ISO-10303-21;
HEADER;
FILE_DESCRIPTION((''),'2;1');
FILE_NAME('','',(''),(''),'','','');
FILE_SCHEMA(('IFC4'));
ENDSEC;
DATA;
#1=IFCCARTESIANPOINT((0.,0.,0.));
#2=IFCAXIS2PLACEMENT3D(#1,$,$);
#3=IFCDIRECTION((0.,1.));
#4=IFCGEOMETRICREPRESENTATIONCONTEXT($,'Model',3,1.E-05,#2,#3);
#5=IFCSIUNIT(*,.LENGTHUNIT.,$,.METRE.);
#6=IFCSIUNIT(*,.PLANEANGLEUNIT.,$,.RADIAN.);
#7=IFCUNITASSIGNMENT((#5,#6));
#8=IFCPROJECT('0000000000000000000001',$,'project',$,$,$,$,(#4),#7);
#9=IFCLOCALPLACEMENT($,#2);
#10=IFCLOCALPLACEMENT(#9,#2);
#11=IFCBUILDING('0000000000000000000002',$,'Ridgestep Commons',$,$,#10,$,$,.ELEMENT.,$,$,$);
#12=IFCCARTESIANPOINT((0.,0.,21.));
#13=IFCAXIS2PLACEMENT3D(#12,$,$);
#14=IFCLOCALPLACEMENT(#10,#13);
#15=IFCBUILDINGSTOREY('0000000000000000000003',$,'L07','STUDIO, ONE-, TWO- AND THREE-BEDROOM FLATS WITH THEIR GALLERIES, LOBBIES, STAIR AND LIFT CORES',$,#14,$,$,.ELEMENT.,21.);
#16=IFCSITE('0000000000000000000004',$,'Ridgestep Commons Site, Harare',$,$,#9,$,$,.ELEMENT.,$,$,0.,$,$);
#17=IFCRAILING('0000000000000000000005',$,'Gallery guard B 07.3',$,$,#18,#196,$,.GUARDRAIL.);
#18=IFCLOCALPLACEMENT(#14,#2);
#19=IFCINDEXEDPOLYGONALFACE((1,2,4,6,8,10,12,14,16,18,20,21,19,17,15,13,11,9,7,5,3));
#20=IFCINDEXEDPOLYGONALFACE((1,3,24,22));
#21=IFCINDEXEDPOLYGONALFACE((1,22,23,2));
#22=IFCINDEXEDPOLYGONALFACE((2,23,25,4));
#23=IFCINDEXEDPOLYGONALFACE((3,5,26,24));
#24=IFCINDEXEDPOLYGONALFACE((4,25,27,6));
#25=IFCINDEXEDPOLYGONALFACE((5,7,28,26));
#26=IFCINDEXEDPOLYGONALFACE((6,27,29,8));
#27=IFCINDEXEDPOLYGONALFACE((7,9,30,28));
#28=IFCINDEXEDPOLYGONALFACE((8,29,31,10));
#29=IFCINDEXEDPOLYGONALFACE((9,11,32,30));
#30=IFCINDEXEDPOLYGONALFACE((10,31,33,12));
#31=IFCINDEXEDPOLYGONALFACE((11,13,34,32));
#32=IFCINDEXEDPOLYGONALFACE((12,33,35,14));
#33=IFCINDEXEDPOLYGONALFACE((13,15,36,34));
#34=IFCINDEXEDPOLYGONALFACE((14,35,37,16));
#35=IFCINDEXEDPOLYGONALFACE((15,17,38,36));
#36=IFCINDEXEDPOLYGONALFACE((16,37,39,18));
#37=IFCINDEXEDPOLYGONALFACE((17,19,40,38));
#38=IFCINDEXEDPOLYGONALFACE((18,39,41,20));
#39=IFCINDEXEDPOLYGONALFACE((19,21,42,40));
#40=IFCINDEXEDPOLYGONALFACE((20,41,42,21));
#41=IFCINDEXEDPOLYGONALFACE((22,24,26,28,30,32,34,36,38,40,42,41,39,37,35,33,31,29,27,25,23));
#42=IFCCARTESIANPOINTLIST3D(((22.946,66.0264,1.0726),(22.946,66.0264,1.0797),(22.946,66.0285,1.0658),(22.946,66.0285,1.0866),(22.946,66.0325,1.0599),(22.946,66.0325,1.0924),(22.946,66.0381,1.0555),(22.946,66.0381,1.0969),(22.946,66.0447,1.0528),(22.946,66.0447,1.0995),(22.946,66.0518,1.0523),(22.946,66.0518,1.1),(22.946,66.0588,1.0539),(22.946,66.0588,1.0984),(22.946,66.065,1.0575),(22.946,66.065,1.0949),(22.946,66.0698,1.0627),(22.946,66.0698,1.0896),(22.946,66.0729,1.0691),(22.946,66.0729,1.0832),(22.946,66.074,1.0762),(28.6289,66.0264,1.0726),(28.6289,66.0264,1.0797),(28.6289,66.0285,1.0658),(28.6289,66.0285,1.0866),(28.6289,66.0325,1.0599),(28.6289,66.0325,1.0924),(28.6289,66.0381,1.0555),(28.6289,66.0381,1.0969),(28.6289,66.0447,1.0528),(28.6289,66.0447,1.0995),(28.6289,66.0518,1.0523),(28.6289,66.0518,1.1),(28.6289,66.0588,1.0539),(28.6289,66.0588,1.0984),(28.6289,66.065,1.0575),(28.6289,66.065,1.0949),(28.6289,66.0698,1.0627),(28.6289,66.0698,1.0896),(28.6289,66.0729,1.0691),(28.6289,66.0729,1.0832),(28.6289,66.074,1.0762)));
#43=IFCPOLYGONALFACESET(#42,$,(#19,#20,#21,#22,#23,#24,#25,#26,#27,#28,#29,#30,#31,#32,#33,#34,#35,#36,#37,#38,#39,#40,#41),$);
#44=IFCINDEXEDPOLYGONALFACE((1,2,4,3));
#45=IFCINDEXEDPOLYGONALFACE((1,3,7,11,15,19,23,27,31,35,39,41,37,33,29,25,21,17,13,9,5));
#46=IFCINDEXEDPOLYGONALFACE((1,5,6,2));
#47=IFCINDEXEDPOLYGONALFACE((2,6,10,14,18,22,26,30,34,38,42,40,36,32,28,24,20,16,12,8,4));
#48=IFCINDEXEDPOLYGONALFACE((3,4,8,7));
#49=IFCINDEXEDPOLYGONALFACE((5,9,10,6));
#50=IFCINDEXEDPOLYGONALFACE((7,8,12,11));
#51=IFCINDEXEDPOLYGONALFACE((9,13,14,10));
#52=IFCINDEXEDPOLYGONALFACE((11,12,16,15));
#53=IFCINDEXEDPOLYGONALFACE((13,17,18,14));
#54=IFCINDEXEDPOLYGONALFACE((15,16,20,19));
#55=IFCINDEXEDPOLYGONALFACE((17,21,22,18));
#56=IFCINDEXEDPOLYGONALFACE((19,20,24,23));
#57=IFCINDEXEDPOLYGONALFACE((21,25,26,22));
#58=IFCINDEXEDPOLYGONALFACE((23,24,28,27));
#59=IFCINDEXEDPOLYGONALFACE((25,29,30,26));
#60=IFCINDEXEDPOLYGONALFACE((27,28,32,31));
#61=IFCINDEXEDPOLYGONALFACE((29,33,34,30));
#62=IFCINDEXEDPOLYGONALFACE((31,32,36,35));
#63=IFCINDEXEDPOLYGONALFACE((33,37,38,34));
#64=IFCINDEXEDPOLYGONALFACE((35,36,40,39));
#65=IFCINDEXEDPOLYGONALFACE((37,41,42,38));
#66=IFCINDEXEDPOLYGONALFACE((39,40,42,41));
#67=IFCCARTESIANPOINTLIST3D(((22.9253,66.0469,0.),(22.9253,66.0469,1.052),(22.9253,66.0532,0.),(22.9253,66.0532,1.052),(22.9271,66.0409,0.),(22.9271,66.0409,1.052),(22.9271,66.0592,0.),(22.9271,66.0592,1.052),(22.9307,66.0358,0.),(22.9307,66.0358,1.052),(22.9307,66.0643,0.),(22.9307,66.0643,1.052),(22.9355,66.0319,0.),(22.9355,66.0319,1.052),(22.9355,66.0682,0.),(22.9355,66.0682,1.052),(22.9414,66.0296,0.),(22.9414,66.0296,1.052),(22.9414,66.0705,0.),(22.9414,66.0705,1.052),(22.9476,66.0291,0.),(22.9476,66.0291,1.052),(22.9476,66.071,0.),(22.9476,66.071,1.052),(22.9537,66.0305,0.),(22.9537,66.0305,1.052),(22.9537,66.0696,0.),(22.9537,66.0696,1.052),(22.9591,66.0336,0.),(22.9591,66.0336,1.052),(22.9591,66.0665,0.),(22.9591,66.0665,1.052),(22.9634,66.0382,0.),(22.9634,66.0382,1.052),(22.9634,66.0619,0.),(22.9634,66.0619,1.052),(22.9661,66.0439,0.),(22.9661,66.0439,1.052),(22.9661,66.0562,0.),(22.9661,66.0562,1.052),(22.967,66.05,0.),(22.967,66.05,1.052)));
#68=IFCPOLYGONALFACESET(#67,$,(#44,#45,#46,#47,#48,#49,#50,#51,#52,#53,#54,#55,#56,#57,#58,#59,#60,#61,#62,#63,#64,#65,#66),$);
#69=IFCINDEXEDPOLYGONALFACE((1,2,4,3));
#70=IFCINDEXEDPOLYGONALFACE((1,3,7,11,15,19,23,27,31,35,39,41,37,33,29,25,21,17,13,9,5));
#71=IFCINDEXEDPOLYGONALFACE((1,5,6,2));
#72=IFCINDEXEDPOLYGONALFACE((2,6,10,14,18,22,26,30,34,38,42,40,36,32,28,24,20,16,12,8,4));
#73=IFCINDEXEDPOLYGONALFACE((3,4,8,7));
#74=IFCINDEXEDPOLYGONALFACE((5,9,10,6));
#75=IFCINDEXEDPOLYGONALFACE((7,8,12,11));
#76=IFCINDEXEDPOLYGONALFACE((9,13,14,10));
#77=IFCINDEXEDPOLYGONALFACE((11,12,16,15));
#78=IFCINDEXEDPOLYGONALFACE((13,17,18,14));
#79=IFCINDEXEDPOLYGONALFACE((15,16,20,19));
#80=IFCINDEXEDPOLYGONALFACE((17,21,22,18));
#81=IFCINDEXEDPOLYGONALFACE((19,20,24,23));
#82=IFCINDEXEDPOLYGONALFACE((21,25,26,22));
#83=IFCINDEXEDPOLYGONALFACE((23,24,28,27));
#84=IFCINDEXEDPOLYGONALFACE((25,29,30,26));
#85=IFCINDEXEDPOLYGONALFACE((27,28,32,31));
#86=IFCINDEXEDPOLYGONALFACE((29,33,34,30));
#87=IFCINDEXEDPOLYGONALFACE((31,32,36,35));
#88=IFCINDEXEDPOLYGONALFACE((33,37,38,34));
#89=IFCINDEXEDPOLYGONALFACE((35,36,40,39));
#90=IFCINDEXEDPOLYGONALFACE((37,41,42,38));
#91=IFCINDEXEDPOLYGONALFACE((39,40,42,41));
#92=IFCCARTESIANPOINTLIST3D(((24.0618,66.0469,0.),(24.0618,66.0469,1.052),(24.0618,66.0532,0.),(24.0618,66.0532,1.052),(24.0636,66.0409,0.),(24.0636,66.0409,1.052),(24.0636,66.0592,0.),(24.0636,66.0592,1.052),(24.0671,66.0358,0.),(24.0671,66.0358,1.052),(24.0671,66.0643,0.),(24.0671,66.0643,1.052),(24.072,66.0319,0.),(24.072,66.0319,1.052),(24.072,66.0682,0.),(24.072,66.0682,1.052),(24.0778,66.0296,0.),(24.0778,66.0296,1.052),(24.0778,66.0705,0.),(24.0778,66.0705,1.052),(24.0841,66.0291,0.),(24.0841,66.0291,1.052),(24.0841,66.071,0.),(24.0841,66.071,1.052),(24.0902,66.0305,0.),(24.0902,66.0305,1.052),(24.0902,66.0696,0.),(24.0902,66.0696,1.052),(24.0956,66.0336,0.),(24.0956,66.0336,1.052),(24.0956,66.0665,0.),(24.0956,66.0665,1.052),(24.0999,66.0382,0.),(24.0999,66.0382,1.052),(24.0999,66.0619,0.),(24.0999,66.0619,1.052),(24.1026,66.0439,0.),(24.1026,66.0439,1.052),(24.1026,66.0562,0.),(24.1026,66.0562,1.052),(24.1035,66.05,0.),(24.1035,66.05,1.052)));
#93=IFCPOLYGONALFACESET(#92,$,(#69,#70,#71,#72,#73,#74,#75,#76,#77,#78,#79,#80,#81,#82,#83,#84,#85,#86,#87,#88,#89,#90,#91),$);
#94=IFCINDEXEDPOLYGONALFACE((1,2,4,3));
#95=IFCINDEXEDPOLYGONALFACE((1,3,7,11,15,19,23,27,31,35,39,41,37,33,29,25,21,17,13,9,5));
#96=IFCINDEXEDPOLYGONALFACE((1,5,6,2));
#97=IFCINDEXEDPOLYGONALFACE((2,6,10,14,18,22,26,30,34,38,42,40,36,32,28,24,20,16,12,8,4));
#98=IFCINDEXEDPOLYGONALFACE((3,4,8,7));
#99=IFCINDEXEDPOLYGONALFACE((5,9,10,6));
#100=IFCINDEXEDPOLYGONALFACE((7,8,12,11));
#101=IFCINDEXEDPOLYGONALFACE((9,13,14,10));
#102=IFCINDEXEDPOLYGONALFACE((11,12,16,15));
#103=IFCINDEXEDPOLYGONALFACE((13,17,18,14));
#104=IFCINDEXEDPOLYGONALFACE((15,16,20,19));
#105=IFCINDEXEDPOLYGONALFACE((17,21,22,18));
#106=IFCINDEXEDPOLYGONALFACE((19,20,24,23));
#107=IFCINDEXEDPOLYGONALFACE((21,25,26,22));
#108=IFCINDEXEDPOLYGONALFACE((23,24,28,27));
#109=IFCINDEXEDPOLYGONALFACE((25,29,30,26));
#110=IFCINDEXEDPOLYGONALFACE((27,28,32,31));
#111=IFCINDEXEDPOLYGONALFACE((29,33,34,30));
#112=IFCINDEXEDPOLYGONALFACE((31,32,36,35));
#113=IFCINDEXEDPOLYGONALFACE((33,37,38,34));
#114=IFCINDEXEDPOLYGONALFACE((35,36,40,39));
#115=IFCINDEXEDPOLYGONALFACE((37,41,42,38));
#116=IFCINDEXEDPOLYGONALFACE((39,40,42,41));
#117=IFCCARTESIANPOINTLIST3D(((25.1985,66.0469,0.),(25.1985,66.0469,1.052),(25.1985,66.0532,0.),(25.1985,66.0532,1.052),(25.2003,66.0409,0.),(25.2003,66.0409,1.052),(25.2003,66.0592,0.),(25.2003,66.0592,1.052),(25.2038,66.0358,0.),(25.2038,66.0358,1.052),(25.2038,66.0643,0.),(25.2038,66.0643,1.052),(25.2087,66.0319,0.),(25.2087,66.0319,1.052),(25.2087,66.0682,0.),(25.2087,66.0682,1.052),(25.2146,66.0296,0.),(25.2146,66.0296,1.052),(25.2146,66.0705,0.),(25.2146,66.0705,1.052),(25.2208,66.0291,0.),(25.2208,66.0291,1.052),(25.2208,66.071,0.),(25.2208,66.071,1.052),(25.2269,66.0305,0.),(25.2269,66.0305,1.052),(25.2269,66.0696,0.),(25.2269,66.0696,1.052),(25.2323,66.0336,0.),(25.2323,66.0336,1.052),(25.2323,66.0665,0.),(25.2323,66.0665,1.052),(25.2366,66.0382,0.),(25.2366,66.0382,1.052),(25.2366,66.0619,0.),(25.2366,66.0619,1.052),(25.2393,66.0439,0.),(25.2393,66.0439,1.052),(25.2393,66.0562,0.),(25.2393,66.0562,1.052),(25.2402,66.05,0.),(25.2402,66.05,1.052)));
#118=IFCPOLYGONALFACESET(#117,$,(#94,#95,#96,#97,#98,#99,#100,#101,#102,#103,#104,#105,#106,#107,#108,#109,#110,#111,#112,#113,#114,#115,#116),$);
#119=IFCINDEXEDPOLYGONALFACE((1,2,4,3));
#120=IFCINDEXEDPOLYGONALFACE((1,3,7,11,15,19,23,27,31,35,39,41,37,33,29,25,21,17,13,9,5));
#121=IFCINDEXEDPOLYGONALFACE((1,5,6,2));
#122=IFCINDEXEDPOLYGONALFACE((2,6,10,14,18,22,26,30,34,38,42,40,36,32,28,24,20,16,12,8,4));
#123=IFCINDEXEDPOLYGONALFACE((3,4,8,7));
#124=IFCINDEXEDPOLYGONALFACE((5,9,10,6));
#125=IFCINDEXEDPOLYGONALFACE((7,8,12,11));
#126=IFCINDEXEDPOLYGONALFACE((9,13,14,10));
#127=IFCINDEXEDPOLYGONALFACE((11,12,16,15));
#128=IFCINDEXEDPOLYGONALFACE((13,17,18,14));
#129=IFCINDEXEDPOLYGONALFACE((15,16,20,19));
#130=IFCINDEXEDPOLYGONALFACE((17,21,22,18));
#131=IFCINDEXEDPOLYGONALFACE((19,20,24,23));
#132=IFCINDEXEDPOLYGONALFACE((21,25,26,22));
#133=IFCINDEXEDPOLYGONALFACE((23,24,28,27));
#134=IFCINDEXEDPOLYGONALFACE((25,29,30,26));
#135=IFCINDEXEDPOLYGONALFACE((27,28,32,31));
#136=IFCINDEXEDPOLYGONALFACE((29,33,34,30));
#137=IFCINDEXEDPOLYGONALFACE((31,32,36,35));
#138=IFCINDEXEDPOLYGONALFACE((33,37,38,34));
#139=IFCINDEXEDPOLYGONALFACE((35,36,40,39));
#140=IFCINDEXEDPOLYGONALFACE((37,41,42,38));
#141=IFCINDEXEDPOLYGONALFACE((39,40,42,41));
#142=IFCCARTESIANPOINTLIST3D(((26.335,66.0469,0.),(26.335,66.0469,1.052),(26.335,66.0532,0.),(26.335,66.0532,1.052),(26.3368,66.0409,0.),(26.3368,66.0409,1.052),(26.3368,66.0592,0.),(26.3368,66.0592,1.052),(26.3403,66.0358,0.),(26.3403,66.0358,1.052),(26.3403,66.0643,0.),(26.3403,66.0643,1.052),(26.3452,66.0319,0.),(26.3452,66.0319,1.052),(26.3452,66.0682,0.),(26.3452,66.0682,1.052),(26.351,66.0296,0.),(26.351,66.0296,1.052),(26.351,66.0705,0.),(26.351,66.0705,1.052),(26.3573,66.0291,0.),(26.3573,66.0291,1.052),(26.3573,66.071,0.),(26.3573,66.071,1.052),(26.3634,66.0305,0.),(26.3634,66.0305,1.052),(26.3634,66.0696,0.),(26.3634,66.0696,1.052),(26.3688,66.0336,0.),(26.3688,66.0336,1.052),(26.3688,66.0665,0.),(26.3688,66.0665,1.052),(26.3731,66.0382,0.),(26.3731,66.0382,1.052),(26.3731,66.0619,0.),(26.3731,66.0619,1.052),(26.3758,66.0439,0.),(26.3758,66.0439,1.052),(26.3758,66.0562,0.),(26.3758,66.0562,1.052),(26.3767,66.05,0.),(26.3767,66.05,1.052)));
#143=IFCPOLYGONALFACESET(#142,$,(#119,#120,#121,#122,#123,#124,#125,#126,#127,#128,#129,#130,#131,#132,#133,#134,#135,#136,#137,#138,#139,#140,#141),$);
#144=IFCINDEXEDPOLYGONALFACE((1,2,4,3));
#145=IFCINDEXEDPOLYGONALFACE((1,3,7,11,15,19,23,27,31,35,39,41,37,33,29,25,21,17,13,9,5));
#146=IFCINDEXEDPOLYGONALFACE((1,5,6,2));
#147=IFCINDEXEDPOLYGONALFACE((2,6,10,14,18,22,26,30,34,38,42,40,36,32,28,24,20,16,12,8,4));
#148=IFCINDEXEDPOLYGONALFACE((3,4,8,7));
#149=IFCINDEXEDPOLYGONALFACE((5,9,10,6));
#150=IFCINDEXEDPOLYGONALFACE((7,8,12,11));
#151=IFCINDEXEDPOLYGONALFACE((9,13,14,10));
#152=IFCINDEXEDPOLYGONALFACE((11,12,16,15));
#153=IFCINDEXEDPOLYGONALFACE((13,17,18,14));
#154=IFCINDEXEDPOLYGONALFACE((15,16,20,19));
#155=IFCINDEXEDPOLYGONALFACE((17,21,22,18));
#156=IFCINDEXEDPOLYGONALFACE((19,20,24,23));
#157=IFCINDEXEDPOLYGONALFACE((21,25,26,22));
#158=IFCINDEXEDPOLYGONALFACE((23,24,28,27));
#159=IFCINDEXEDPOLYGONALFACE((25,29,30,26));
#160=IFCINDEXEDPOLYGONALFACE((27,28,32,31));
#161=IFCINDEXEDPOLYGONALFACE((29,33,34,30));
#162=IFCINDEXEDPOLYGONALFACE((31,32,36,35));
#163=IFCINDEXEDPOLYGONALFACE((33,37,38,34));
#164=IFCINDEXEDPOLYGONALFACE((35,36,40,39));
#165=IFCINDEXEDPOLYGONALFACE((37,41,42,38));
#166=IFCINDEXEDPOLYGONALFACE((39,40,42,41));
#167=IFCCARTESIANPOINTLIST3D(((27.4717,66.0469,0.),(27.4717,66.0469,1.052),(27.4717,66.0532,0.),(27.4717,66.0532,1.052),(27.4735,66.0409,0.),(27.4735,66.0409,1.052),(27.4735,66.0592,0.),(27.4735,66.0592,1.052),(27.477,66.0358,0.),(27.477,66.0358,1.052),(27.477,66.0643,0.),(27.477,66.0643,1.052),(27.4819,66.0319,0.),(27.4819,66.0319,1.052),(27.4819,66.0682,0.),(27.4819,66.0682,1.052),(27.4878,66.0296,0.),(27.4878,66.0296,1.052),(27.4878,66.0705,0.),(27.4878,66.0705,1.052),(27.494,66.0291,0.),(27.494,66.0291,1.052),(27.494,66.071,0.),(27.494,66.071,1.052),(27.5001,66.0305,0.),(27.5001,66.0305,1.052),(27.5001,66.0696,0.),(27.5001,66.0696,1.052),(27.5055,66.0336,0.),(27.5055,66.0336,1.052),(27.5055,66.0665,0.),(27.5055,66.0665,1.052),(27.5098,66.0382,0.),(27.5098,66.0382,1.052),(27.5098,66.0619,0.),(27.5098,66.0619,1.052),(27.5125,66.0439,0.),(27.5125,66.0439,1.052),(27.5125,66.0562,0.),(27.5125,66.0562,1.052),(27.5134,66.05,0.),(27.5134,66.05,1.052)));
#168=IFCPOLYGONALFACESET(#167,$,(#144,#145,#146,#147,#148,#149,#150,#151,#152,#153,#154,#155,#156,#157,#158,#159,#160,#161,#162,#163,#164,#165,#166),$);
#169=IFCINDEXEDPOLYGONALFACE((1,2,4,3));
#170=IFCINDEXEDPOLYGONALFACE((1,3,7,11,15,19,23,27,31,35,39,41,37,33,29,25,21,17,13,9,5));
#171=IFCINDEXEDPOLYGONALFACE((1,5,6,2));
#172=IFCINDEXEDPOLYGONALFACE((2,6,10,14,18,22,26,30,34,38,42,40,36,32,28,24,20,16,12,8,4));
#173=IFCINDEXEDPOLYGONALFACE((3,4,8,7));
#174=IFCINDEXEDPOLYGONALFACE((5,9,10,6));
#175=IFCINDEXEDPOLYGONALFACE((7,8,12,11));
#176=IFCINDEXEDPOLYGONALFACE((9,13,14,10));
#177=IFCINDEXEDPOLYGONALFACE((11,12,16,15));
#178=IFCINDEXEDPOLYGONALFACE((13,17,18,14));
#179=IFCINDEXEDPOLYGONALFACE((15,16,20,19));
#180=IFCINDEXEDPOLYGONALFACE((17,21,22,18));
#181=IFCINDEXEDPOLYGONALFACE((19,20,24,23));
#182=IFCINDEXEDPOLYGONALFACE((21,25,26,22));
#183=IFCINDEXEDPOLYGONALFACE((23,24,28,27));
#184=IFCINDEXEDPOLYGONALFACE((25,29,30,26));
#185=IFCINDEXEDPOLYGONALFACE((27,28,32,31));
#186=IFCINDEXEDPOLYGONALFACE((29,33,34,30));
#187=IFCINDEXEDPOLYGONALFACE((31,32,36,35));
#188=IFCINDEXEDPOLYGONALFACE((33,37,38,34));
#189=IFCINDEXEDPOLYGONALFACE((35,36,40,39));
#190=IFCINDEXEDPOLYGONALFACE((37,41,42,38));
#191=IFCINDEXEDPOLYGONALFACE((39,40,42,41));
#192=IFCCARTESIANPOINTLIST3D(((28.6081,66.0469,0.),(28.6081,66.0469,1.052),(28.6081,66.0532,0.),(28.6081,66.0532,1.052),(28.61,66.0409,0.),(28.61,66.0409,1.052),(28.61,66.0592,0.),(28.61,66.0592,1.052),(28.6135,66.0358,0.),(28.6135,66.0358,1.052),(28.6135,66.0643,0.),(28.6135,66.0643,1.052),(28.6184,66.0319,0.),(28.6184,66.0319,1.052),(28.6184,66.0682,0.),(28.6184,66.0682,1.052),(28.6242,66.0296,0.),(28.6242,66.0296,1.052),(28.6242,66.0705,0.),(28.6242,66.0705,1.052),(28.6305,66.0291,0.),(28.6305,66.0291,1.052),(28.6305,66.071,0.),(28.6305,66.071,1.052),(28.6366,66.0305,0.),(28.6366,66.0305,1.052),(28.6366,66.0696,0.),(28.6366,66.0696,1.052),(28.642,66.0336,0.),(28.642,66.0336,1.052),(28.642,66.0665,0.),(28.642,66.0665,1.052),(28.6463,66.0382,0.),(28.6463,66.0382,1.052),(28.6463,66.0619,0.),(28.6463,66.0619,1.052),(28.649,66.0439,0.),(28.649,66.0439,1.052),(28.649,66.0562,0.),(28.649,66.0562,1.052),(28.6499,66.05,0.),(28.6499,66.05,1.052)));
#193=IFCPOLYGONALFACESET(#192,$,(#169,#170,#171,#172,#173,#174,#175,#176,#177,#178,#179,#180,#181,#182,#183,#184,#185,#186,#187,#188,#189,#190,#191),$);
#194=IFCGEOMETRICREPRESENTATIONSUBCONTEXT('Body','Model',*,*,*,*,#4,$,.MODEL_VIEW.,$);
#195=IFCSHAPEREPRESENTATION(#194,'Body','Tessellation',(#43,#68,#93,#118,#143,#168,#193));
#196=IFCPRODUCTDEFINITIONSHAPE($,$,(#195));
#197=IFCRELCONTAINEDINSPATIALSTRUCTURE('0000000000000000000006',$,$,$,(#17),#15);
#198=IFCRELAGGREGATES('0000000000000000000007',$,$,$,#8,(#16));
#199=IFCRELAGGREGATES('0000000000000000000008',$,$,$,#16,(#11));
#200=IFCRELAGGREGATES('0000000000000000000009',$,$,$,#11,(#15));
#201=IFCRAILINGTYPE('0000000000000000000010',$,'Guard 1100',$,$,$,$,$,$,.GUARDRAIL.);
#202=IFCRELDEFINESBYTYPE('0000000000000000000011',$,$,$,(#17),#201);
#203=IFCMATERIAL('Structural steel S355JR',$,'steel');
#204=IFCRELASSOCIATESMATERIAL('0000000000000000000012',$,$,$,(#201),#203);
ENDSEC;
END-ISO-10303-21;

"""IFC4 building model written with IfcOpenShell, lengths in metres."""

from ifc_helpers import new_model, si_unit, direction, frame, origin, origin_2d, place, context, subcontext, project, spatial, circle, extrude, material, type_object, element, save


model = new_model("IFC4")

# Units and contexts
model_context = context("Model", 3, precision=1e-05, world=origin(), true_north=direction((0.0, 1.0)))
body_context = subcontext(model_context, "Body", "Model", "MODEL_VIEW")
ifc_project = project(units=[si_unit("LENGTHUNIT", "METRE"), si_unit("PLANEANGLEUNIT", "RADIAN")], contexts=[model_context])

# Site, building, storey
site_placement = place(None, origin())
site = spatial("IfcSite", under=ifc_project, at=site_placement, Name="Ridgestep Commons Site, Harare", CompositionType="ELEMENT", RefElevation=0.0)
building_placement = place(site_placement, origin())
building = spatial("IfcBuilding", under=site, at=building_placement, Name="Ridgestep Commons", CompositionType="ELEMENT")
storey_placement = place(building_placement, frame((0.0, 0.0, 21.0)))
storey = spatial("IfcBuildingStorey", under=building, at=storey_placement, Name="L07", Description="STUDIO, ONE-, TWO- AND THREE-BEDROOM FLATS WITH THEIR GALLERIES, LOBBIES, STAIR AND LIFT CORES", CompositionType="ELEMENT", Elevation=21.0)

# Railing
ifc_material_1 = material(Name="Structural steel S355JR", Category="steel")
railing_type_1 = type_object("IfcRailingType", Name="Guard 1100", PredefinedType="GUARDRAIL", material=ifc_material_1)
railing_1_placement = place(storey_placement, frame((22.946, 66.05, 0.0)))
element("IfcRailing", 1, at=railing_1_placement, inside=storey, type_object=railing_type_1, Name="Gallery guard B 07.3", PredefinedType="GUARDRAIL", context=body_context, shape_type="SweptSolid", body=[
    extrude(circle(Radius=0.0239, at=origin_2d()), frame((0.0, 0.0, 1.0762), z_axis=(1.0, 0.0, 0.0), x_axis=(0.0, 1.0, 0.0)), (0.0, 0.0, 1.0), 5.6829),
    extrude(circle(Radius=0.021, at=origin_2d()), origin(), (0.0, 0.0, 1.0), 1.052),
    extrude(circle(Radius=0.021, at=origin_2d()), frame((1.1365, 0.0, 0.0)), (0.0, 0.0, 1.0), 1.052),
    extrude(circle(Radius=0.021, at=origin_2d()), frame((2.2732, 0.0, 0.0)), (0.0, 0.0, 1.0), 1.052),
    extrude(circle(Radius=0.021, at=origin_2d()), frame((3.4097, 0.0, 0.0)), (0.0, 0.0, 1.0), 1.052),
    extrude(circle(Radius=0.021, at=origin_2d()), frame((4.5464, 0.0, 0.0)), (0.0, 0.0, 1.0), 1.052),
    extrude(circle(Radius=0.021, at=origin_2d()), frame((5.6829, 0.0, 0.0)), (0.0, 0.0, 1.0), 1.052),
])

save(model, "model.ifc")
